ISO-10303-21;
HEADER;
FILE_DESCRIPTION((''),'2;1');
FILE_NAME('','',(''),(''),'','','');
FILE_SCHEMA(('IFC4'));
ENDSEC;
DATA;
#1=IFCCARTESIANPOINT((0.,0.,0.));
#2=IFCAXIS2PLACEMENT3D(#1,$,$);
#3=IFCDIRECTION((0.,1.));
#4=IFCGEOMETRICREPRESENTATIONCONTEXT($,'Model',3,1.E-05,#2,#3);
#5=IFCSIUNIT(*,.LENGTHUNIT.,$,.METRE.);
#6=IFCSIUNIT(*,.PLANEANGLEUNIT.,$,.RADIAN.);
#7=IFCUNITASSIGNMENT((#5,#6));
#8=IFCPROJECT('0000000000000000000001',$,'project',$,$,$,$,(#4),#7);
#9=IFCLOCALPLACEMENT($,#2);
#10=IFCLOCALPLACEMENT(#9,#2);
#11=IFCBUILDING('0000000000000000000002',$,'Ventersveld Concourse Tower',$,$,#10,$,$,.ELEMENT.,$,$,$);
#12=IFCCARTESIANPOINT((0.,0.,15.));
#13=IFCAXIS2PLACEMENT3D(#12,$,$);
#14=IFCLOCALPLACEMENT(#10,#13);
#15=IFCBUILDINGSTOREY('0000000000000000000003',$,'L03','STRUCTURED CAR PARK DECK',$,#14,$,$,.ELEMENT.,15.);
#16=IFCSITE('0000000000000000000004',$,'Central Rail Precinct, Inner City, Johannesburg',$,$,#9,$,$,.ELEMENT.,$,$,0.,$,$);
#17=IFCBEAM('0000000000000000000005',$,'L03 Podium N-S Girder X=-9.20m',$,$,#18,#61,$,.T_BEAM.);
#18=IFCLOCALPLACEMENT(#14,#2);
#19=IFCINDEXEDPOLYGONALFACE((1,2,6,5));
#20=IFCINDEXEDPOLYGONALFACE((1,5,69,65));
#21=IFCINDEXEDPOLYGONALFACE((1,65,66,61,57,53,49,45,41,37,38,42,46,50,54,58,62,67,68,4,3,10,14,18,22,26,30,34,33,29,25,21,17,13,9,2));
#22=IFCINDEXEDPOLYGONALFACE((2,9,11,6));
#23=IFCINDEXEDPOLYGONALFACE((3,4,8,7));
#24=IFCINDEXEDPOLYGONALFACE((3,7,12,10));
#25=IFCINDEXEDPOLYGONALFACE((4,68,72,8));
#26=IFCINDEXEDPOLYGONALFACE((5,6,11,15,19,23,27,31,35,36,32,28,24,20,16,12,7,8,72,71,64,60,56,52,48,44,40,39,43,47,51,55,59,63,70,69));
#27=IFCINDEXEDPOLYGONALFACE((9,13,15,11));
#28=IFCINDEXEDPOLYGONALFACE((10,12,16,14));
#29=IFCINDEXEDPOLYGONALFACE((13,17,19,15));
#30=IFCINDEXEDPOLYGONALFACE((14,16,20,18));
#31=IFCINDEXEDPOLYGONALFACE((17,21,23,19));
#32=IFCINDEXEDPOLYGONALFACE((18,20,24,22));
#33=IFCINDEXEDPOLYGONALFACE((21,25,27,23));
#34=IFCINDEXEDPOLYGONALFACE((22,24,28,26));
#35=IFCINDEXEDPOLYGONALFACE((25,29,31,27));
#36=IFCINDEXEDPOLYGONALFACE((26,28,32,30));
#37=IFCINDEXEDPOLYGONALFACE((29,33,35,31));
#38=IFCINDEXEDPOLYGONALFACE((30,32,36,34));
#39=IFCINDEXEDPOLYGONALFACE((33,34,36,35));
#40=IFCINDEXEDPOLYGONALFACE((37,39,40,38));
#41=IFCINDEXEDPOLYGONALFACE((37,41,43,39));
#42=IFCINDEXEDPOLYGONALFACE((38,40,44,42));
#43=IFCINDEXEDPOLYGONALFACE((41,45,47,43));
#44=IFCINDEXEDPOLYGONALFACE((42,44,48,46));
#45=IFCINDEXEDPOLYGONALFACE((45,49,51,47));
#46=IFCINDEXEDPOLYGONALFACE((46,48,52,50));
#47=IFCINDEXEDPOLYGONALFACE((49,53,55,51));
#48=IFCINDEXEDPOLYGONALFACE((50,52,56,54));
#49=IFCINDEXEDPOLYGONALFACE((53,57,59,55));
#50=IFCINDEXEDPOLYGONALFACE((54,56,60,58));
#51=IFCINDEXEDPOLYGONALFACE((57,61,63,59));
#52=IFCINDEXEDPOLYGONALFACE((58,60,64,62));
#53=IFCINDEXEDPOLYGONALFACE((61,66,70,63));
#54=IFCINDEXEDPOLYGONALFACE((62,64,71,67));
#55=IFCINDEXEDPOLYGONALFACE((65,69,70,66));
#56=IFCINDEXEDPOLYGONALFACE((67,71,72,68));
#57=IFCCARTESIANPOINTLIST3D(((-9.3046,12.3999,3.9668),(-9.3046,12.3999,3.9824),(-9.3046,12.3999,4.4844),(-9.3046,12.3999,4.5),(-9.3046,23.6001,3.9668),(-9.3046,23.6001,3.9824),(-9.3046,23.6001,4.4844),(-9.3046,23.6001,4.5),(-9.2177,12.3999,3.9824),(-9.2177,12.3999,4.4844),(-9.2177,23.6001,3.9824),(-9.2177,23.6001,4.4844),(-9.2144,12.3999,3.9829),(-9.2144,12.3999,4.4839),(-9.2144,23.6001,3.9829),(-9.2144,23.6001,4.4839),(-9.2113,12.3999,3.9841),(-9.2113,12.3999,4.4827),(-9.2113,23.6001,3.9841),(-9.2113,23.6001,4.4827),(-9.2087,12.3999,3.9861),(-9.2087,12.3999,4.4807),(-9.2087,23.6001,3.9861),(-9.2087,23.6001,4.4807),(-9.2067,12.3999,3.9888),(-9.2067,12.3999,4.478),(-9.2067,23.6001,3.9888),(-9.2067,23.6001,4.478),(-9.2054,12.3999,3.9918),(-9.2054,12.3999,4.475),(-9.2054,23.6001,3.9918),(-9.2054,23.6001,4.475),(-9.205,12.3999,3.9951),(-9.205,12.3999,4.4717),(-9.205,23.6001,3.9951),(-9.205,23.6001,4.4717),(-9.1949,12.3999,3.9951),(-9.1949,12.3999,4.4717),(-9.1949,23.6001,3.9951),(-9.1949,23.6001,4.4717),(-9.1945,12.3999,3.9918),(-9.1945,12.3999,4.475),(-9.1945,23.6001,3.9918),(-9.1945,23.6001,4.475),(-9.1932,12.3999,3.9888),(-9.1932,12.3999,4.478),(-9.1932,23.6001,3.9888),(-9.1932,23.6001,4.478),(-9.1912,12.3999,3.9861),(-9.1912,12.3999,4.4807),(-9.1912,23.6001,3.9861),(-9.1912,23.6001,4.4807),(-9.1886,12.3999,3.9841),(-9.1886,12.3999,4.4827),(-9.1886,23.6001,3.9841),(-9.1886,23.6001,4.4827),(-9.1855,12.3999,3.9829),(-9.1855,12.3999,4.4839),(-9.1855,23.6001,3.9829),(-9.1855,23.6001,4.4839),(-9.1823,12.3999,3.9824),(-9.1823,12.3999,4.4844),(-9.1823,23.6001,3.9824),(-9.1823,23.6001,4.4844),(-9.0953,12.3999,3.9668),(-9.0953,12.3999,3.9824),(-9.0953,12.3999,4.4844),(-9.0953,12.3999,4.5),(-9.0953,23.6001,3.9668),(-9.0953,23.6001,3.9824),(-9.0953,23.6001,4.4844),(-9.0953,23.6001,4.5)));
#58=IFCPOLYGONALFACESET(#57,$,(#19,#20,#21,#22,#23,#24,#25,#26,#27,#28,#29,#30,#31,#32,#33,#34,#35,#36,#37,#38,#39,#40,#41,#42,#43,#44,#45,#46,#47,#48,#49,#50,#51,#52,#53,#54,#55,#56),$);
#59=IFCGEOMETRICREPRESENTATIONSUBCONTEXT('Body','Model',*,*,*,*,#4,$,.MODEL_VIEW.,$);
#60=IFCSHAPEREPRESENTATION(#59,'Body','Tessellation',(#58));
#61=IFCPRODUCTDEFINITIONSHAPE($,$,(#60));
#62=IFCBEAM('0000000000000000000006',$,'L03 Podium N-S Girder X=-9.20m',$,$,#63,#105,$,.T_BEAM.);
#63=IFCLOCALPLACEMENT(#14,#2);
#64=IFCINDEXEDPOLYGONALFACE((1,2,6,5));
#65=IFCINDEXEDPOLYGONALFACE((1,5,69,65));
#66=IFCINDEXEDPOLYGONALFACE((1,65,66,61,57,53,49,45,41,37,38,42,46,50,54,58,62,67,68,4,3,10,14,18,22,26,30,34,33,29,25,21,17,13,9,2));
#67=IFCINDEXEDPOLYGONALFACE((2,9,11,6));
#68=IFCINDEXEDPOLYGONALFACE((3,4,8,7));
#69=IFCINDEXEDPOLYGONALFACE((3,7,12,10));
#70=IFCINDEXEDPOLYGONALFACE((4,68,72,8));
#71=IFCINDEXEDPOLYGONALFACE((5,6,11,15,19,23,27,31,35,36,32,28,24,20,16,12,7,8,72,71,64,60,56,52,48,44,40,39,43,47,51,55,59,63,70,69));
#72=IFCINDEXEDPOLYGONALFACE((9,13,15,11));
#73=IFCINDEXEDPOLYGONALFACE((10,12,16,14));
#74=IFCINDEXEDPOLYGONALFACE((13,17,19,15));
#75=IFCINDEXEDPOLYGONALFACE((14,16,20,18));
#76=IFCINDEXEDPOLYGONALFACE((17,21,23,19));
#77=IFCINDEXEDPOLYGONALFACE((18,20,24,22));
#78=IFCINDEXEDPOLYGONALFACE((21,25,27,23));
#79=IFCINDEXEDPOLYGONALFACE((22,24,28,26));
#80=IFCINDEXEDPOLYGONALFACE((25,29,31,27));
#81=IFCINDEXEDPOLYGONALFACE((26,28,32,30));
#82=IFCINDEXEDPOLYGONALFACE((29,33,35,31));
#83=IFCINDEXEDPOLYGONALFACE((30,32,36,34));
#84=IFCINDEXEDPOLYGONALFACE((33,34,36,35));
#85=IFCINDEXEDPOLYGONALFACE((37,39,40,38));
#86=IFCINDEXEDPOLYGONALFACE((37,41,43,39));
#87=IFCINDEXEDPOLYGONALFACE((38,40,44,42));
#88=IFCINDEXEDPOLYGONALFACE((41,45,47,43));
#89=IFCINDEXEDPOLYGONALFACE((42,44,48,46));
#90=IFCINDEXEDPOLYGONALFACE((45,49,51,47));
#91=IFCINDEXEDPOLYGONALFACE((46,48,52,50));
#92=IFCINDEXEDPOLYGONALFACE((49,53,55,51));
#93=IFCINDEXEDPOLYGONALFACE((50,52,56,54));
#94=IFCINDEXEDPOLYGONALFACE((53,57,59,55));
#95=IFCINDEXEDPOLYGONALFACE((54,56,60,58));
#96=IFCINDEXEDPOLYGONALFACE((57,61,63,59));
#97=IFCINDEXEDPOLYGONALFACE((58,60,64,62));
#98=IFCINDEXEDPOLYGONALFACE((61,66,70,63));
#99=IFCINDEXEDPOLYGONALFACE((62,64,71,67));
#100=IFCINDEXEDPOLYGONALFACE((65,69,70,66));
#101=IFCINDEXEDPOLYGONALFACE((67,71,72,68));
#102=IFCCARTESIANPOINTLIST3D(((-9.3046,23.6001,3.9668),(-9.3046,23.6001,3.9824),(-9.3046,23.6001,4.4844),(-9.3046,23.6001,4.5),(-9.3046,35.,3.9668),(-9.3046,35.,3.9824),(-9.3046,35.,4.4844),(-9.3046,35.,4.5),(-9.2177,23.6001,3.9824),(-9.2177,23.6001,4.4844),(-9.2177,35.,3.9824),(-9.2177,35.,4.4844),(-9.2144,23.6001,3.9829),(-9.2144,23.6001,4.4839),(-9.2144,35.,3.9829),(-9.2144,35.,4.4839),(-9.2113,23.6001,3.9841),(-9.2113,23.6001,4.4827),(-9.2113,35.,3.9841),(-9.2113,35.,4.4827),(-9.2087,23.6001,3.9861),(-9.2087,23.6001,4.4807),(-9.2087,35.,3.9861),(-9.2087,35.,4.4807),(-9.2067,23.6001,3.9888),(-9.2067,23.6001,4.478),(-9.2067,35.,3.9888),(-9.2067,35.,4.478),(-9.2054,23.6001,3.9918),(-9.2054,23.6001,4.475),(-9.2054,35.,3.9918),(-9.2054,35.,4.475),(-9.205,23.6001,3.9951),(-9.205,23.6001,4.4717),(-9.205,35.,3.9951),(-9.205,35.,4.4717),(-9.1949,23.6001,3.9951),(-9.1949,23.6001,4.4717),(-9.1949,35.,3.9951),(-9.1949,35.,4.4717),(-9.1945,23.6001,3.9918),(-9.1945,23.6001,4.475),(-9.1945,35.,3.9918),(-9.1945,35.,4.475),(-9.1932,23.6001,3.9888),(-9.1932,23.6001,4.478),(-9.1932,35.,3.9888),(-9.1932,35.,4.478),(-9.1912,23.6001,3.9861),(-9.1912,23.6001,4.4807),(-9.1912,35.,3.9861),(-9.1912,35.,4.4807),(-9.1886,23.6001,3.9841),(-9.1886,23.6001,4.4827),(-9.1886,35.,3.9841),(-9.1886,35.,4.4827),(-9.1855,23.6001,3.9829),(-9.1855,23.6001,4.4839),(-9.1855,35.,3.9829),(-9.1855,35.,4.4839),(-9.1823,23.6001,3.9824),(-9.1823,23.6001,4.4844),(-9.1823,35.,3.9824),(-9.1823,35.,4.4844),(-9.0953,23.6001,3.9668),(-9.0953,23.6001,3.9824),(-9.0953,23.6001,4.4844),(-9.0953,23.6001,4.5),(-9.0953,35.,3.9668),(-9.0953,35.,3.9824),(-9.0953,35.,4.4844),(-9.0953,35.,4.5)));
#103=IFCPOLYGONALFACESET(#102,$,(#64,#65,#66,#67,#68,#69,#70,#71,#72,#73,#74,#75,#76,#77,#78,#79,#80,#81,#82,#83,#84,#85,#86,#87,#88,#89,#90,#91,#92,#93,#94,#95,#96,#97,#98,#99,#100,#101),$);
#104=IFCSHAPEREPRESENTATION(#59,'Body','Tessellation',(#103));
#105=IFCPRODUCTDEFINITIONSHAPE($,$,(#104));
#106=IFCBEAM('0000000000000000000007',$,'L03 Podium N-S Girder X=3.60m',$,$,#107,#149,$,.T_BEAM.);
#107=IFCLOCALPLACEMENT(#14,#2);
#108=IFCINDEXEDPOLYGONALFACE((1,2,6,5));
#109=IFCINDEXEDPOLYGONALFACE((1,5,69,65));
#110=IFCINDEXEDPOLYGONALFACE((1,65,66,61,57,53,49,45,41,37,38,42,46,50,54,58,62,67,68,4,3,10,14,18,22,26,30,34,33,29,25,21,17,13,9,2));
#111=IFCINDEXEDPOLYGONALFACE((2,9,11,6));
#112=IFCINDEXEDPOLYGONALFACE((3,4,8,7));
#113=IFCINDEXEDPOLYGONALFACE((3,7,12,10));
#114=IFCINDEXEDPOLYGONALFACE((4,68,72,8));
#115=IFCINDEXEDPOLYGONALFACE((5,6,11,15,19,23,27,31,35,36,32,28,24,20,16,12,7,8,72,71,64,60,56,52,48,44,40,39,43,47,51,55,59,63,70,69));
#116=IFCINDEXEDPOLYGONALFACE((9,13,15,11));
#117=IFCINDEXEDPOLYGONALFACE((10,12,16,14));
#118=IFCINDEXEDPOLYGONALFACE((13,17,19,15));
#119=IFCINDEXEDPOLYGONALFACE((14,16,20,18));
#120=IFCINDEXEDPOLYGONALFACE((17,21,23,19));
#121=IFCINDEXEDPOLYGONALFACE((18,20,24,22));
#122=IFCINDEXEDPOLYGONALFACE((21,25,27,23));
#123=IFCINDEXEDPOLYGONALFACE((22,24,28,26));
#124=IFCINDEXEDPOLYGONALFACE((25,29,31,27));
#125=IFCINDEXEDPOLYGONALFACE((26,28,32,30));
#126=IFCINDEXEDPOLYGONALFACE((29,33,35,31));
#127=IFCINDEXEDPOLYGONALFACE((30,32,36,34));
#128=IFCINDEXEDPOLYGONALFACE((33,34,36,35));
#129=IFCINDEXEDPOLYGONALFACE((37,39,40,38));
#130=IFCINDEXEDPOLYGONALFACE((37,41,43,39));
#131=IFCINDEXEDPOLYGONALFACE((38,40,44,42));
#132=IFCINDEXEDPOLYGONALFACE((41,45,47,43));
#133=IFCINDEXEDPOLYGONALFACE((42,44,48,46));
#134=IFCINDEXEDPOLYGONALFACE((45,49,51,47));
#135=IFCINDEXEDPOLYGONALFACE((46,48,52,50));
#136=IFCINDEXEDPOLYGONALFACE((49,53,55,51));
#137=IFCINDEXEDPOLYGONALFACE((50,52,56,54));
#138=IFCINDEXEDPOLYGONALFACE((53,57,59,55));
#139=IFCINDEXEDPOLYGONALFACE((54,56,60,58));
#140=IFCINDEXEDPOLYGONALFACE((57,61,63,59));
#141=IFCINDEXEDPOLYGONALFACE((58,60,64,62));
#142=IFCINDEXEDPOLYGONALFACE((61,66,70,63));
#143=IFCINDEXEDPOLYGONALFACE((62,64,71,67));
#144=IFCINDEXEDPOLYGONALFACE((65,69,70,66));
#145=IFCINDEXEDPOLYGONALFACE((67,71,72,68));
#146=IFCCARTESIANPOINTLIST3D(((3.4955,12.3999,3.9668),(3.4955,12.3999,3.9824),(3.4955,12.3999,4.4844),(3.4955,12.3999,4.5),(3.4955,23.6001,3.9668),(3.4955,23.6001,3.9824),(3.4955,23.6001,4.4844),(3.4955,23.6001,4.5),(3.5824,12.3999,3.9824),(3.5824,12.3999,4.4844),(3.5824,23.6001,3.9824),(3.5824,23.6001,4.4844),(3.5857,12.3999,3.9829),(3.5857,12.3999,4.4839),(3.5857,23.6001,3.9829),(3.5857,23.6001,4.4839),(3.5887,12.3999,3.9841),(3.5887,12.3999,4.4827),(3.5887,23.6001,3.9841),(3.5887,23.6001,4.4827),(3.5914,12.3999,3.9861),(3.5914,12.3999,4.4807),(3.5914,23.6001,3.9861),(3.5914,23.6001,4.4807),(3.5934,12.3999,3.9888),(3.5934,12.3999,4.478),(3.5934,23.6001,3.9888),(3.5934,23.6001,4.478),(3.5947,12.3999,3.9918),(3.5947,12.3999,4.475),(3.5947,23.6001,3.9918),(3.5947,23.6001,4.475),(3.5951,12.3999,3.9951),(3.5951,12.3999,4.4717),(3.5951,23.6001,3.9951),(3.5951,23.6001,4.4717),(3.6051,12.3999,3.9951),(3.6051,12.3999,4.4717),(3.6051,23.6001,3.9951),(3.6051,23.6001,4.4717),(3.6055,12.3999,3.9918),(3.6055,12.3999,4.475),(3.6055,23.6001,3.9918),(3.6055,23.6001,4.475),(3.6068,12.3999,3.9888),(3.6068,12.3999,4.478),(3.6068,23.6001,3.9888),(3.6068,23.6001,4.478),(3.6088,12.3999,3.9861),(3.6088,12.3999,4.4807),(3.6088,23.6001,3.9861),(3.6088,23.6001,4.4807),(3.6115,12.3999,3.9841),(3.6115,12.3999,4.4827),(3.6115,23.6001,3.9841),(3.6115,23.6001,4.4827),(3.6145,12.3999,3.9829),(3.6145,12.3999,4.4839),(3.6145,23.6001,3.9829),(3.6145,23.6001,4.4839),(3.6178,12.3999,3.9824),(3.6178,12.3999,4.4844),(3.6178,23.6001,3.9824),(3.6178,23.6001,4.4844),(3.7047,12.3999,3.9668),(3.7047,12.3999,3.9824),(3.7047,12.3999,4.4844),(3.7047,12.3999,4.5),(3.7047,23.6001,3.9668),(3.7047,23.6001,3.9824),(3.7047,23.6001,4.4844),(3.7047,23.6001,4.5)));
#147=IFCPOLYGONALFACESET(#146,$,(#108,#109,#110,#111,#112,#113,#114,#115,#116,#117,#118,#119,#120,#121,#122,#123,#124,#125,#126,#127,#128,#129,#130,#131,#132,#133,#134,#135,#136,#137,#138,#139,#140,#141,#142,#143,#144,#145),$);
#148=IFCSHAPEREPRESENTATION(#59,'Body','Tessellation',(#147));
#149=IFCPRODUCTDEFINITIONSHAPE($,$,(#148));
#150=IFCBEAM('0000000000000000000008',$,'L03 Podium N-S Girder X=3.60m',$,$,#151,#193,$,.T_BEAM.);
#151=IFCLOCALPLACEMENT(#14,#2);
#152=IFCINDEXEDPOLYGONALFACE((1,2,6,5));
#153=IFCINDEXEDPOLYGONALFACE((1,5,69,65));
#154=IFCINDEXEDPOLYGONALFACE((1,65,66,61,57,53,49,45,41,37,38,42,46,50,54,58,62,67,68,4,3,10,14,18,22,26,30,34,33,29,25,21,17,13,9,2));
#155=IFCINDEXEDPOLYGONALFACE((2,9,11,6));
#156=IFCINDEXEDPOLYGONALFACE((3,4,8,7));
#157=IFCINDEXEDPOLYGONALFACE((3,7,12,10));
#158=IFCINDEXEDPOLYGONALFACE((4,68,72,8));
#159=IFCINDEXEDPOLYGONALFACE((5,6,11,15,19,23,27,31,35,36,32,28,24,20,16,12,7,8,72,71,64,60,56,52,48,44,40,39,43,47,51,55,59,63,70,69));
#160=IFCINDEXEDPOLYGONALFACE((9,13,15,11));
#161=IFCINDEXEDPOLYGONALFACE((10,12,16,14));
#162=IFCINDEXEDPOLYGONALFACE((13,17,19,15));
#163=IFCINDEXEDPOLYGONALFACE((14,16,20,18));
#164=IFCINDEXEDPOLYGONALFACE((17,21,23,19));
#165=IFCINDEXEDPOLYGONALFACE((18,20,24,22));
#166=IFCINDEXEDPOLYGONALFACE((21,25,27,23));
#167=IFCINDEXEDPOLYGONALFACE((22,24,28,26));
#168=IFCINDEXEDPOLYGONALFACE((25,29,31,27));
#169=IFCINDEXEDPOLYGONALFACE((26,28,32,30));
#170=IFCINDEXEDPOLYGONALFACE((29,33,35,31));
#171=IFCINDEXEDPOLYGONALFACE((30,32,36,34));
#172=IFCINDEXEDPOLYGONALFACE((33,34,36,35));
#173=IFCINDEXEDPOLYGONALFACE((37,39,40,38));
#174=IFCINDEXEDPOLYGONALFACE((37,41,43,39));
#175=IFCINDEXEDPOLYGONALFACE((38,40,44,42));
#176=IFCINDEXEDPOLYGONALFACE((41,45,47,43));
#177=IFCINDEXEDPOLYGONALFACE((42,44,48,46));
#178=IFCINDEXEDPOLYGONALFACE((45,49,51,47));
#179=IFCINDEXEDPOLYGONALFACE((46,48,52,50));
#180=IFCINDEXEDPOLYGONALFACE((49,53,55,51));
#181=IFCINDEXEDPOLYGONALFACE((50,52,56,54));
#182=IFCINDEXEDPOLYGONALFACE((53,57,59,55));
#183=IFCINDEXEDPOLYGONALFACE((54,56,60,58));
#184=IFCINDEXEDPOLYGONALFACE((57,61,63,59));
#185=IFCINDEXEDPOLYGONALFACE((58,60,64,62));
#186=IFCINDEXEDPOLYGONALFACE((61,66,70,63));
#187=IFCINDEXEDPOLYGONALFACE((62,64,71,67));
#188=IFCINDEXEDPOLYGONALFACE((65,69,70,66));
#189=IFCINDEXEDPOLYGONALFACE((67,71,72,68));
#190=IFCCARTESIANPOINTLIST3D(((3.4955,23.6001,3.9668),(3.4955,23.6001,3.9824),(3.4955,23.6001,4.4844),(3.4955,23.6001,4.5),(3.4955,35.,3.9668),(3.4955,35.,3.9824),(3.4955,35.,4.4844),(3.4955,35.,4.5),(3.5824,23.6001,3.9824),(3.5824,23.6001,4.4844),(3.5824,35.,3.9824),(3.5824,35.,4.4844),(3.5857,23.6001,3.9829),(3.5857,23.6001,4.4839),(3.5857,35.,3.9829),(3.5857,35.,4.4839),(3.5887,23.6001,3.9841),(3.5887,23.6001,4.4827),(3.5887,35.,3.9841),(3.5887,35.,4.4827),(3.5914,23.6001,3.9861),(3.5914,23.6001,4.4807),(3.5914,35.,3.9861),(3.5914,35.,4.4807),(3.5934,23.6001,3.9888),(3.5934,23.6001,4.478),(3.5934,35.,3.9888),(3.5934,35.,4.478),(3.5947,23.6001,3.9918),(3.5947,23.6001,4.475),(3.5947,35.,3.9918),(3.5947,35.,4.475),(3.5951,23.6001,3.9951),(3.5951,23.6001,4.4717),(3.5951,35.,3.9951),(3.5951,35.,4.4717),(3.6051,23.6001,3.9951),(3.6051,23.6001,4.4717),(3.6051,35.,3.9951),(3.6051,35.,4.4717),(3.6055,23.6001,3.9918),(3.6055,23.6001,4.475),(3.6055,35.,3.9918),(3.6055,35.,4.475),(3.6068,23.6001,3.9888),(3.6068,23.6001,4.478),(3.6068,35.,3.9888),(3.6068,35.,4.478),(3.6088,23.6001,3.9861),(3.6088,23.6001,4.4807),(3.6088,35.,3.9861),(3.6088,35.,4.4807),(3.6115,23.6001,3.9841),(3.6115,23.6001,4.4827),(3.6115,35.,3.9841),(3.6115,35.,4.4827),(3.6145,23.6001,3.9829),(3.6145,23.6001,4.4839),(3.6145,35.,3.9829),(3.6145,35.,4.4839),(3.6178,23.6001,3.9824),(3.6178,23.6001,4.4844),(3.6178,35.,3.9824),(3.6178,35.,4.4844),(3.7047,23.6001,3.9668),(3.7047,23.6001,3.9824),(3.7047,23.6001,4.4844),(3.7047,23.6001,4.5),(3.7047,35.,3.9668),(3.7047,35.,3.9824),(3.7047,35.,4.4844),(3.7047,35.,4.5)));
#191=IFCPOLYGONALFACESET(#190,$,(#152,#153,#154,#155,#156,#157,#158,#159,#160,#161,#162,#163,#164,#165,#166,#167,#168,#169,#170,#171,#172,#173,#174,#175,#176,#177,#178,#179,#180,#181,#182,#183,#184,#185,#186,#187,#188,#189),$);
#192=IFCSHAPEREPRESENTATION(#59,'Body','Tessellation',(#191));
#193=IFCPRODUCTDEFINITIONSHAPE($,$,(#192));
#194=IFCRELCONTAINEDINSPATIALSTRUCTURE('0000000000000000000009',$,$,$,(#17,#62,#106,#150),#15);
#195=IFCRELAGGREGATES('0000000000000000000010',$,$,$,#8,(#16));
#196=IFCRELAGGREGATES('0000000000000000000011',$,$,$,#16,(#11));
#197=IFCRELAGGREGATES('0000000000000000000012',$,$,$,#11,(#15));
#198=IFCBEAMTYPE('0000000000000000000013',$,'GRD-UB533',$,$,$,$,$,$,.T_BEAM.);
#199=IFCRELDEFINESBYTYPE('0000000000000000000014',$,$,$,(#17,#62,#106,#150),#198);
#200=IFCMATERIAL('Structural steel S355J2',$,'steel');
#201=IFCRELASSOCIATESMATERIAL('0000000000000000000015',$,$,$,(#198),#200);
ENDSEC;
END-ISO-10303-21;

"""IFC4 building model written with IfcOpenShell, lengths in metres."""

from ifc_helpers import new_model, si_unit, direction, frame, origin, origin_2d, place, context, subcontext, project, spatial, i_section, extrude, material, material_profile, profile_set, type_object, element, save


model = new_model("IFC4")

# Units and contexts
model_context = context("Model", 3, precision=1e-05, world=origin(), true_north=direction((0.0, 1.0)))
body_context = subcontext(model_context, "Body", "Model", "MODEL_VIEW")
ifc_project = project(units=[si_unit("LENGTHUNIT", "METRE"), si_unit("PLANEANGLEUNIT", "RADIAN")], contexts=[model_context])

# Site, building, storey
site_placement = place(None, origin())
site = spatial("IfcSite", under=ifc_project, at=site_placement, Name="Central Rail Precinct, Inner City, Johannesburg", CompositionType="ELEMENT", RefElevation=0.0)
building_placement = place(site_placement, origin())
building = spatial("IfcBuilding", under=site, at=building_placement, Name="Ventersveld Concourse Tower", CompositionType="ELEMENT")
storey_placement = place(building_placement, frame((0.0, 0.0, 15.0)))
storey = spatial("IfcBuildingStorey", under=building, at=storey_placement, Name="L03", Description="STRUCTURED CAR PARK DECK", CompositionType="ELEMENT", Elevation=15.0)

# Beams
ifc_material_1 = material(Name="Structural steel S355J2", Category="steel")
ifc_material_profile_1 = material_profile(ifc_material_1, i_section(OverallWidth=0.2092, OverallDepth=0.5332, WebThickness=0.01, FlangeThickness=0.0156, FilletRadius=0.0127, at=origin_2d()), Name="UB 533x210x92")
ifc_profile_set_1 = profile_set([ifc_material_profile_1], Name="Structural steel S355J2")
beam_type_1 = type_object("IfcBeamType", Name="GRD-UB533", PredefinedType="T_BEAM", material=ifc_profile_set_1)
beam_1_placement = place(storey_placement, frame((-9.2, 12.3999, 4.2334), z_axis=(0.0, 1.0, 0.0), x_axis=(-1.0, 0.0, 0.0)))
element("IfcBeam", 1, at=beam_1_placement, inside=storey, type_object=beam_type_1, Name="L03 Podium N-S Girder X=-9.20m", PredefinedType="T_BEAM", context=body_context, shape_type="SweptSolid", body=[
    extrude(i_section(OverallWidth=0.2092, OverallDepth=0.5332, WebThickness=0.01, FlangeThickness=0.0156, FilletRadius=0.0127, at=origin_2d()), origin(), (0.0, 0.0, 1.0), 11.2002),
])
beam_2_placement = place(storey_placement, frame((-9.2, 23.6001, 4.2334), z_axis=(0.0, 1.0, 0.0), x_axis=(-1.0, 0.0, 0.0)))
element("IfcBeam", 2, at=beam_2_placement, inside=storey, type_object=beam_type_1, Name="L03 Podium N-S Girder X=-9.20m", PredefinedType="T_BEAM", context=body_context, shape_type="SweptSolid", body=[
    extrude(i_section(OverallWidth=0.2092, OverallDepth=0.5332, WebThickness=0.01, FlangeThickness=0.0156, FilletRadius=0.0127, at=origin_2d()), origin(), (0.0, 0.0, 1.0), 11.3999),
])
beam_3_placement = place(storey_placement, frame((3.6001, 12.3999, 4.2334), z_axis=(0.0, 1.0, 0.0), x_axis=(-1.0, 0.0, 0.0)))
element("IfcBeam", 3, at=beam_3_placement, inside=storey, type_object=beam_type_1, Name="L03 Podium N-S Girder X=3.60m", PredefinedType="T_BEAM", context=body_context, shape_type="SweptSolid", body=[
    extrude(i_section(OverallWidth=0.2092, OverallDepth=0.5332, WebThickness=0.01, FlangeThickness=0.0156, FilletRadius=0.0127, at=origin_2d()), origin(), (0.0, 0.0, 1.0), 11.2002),
])
beam_4_placement = place(storey_placement, frame((3.6001, 23.6001, 4.2334), z_axis=(0.0, 1.0, 0.0), x_axis=(-1.0, 0.0, 0.0)))
element("IfcBeam", 4, at=beam_4_placement, inside=storey, type_object=beam_type_1, Name="L03 Podium N-S Girder X=3.60m", PredefinedType="T_BEAM", context=body_context, shape_type="SweptSolid", body=[
    extrude(i_section(OverallWidth=0.2092, OverallDepth=0.5332, WebThickness=0.01, FlangeThickness=0.0156, FilletRadius=0.0127, at=origin_2d()), origin(), (0.0, 0.0, 1.0), 11.3999),
])

save(model, "model.ifc")
